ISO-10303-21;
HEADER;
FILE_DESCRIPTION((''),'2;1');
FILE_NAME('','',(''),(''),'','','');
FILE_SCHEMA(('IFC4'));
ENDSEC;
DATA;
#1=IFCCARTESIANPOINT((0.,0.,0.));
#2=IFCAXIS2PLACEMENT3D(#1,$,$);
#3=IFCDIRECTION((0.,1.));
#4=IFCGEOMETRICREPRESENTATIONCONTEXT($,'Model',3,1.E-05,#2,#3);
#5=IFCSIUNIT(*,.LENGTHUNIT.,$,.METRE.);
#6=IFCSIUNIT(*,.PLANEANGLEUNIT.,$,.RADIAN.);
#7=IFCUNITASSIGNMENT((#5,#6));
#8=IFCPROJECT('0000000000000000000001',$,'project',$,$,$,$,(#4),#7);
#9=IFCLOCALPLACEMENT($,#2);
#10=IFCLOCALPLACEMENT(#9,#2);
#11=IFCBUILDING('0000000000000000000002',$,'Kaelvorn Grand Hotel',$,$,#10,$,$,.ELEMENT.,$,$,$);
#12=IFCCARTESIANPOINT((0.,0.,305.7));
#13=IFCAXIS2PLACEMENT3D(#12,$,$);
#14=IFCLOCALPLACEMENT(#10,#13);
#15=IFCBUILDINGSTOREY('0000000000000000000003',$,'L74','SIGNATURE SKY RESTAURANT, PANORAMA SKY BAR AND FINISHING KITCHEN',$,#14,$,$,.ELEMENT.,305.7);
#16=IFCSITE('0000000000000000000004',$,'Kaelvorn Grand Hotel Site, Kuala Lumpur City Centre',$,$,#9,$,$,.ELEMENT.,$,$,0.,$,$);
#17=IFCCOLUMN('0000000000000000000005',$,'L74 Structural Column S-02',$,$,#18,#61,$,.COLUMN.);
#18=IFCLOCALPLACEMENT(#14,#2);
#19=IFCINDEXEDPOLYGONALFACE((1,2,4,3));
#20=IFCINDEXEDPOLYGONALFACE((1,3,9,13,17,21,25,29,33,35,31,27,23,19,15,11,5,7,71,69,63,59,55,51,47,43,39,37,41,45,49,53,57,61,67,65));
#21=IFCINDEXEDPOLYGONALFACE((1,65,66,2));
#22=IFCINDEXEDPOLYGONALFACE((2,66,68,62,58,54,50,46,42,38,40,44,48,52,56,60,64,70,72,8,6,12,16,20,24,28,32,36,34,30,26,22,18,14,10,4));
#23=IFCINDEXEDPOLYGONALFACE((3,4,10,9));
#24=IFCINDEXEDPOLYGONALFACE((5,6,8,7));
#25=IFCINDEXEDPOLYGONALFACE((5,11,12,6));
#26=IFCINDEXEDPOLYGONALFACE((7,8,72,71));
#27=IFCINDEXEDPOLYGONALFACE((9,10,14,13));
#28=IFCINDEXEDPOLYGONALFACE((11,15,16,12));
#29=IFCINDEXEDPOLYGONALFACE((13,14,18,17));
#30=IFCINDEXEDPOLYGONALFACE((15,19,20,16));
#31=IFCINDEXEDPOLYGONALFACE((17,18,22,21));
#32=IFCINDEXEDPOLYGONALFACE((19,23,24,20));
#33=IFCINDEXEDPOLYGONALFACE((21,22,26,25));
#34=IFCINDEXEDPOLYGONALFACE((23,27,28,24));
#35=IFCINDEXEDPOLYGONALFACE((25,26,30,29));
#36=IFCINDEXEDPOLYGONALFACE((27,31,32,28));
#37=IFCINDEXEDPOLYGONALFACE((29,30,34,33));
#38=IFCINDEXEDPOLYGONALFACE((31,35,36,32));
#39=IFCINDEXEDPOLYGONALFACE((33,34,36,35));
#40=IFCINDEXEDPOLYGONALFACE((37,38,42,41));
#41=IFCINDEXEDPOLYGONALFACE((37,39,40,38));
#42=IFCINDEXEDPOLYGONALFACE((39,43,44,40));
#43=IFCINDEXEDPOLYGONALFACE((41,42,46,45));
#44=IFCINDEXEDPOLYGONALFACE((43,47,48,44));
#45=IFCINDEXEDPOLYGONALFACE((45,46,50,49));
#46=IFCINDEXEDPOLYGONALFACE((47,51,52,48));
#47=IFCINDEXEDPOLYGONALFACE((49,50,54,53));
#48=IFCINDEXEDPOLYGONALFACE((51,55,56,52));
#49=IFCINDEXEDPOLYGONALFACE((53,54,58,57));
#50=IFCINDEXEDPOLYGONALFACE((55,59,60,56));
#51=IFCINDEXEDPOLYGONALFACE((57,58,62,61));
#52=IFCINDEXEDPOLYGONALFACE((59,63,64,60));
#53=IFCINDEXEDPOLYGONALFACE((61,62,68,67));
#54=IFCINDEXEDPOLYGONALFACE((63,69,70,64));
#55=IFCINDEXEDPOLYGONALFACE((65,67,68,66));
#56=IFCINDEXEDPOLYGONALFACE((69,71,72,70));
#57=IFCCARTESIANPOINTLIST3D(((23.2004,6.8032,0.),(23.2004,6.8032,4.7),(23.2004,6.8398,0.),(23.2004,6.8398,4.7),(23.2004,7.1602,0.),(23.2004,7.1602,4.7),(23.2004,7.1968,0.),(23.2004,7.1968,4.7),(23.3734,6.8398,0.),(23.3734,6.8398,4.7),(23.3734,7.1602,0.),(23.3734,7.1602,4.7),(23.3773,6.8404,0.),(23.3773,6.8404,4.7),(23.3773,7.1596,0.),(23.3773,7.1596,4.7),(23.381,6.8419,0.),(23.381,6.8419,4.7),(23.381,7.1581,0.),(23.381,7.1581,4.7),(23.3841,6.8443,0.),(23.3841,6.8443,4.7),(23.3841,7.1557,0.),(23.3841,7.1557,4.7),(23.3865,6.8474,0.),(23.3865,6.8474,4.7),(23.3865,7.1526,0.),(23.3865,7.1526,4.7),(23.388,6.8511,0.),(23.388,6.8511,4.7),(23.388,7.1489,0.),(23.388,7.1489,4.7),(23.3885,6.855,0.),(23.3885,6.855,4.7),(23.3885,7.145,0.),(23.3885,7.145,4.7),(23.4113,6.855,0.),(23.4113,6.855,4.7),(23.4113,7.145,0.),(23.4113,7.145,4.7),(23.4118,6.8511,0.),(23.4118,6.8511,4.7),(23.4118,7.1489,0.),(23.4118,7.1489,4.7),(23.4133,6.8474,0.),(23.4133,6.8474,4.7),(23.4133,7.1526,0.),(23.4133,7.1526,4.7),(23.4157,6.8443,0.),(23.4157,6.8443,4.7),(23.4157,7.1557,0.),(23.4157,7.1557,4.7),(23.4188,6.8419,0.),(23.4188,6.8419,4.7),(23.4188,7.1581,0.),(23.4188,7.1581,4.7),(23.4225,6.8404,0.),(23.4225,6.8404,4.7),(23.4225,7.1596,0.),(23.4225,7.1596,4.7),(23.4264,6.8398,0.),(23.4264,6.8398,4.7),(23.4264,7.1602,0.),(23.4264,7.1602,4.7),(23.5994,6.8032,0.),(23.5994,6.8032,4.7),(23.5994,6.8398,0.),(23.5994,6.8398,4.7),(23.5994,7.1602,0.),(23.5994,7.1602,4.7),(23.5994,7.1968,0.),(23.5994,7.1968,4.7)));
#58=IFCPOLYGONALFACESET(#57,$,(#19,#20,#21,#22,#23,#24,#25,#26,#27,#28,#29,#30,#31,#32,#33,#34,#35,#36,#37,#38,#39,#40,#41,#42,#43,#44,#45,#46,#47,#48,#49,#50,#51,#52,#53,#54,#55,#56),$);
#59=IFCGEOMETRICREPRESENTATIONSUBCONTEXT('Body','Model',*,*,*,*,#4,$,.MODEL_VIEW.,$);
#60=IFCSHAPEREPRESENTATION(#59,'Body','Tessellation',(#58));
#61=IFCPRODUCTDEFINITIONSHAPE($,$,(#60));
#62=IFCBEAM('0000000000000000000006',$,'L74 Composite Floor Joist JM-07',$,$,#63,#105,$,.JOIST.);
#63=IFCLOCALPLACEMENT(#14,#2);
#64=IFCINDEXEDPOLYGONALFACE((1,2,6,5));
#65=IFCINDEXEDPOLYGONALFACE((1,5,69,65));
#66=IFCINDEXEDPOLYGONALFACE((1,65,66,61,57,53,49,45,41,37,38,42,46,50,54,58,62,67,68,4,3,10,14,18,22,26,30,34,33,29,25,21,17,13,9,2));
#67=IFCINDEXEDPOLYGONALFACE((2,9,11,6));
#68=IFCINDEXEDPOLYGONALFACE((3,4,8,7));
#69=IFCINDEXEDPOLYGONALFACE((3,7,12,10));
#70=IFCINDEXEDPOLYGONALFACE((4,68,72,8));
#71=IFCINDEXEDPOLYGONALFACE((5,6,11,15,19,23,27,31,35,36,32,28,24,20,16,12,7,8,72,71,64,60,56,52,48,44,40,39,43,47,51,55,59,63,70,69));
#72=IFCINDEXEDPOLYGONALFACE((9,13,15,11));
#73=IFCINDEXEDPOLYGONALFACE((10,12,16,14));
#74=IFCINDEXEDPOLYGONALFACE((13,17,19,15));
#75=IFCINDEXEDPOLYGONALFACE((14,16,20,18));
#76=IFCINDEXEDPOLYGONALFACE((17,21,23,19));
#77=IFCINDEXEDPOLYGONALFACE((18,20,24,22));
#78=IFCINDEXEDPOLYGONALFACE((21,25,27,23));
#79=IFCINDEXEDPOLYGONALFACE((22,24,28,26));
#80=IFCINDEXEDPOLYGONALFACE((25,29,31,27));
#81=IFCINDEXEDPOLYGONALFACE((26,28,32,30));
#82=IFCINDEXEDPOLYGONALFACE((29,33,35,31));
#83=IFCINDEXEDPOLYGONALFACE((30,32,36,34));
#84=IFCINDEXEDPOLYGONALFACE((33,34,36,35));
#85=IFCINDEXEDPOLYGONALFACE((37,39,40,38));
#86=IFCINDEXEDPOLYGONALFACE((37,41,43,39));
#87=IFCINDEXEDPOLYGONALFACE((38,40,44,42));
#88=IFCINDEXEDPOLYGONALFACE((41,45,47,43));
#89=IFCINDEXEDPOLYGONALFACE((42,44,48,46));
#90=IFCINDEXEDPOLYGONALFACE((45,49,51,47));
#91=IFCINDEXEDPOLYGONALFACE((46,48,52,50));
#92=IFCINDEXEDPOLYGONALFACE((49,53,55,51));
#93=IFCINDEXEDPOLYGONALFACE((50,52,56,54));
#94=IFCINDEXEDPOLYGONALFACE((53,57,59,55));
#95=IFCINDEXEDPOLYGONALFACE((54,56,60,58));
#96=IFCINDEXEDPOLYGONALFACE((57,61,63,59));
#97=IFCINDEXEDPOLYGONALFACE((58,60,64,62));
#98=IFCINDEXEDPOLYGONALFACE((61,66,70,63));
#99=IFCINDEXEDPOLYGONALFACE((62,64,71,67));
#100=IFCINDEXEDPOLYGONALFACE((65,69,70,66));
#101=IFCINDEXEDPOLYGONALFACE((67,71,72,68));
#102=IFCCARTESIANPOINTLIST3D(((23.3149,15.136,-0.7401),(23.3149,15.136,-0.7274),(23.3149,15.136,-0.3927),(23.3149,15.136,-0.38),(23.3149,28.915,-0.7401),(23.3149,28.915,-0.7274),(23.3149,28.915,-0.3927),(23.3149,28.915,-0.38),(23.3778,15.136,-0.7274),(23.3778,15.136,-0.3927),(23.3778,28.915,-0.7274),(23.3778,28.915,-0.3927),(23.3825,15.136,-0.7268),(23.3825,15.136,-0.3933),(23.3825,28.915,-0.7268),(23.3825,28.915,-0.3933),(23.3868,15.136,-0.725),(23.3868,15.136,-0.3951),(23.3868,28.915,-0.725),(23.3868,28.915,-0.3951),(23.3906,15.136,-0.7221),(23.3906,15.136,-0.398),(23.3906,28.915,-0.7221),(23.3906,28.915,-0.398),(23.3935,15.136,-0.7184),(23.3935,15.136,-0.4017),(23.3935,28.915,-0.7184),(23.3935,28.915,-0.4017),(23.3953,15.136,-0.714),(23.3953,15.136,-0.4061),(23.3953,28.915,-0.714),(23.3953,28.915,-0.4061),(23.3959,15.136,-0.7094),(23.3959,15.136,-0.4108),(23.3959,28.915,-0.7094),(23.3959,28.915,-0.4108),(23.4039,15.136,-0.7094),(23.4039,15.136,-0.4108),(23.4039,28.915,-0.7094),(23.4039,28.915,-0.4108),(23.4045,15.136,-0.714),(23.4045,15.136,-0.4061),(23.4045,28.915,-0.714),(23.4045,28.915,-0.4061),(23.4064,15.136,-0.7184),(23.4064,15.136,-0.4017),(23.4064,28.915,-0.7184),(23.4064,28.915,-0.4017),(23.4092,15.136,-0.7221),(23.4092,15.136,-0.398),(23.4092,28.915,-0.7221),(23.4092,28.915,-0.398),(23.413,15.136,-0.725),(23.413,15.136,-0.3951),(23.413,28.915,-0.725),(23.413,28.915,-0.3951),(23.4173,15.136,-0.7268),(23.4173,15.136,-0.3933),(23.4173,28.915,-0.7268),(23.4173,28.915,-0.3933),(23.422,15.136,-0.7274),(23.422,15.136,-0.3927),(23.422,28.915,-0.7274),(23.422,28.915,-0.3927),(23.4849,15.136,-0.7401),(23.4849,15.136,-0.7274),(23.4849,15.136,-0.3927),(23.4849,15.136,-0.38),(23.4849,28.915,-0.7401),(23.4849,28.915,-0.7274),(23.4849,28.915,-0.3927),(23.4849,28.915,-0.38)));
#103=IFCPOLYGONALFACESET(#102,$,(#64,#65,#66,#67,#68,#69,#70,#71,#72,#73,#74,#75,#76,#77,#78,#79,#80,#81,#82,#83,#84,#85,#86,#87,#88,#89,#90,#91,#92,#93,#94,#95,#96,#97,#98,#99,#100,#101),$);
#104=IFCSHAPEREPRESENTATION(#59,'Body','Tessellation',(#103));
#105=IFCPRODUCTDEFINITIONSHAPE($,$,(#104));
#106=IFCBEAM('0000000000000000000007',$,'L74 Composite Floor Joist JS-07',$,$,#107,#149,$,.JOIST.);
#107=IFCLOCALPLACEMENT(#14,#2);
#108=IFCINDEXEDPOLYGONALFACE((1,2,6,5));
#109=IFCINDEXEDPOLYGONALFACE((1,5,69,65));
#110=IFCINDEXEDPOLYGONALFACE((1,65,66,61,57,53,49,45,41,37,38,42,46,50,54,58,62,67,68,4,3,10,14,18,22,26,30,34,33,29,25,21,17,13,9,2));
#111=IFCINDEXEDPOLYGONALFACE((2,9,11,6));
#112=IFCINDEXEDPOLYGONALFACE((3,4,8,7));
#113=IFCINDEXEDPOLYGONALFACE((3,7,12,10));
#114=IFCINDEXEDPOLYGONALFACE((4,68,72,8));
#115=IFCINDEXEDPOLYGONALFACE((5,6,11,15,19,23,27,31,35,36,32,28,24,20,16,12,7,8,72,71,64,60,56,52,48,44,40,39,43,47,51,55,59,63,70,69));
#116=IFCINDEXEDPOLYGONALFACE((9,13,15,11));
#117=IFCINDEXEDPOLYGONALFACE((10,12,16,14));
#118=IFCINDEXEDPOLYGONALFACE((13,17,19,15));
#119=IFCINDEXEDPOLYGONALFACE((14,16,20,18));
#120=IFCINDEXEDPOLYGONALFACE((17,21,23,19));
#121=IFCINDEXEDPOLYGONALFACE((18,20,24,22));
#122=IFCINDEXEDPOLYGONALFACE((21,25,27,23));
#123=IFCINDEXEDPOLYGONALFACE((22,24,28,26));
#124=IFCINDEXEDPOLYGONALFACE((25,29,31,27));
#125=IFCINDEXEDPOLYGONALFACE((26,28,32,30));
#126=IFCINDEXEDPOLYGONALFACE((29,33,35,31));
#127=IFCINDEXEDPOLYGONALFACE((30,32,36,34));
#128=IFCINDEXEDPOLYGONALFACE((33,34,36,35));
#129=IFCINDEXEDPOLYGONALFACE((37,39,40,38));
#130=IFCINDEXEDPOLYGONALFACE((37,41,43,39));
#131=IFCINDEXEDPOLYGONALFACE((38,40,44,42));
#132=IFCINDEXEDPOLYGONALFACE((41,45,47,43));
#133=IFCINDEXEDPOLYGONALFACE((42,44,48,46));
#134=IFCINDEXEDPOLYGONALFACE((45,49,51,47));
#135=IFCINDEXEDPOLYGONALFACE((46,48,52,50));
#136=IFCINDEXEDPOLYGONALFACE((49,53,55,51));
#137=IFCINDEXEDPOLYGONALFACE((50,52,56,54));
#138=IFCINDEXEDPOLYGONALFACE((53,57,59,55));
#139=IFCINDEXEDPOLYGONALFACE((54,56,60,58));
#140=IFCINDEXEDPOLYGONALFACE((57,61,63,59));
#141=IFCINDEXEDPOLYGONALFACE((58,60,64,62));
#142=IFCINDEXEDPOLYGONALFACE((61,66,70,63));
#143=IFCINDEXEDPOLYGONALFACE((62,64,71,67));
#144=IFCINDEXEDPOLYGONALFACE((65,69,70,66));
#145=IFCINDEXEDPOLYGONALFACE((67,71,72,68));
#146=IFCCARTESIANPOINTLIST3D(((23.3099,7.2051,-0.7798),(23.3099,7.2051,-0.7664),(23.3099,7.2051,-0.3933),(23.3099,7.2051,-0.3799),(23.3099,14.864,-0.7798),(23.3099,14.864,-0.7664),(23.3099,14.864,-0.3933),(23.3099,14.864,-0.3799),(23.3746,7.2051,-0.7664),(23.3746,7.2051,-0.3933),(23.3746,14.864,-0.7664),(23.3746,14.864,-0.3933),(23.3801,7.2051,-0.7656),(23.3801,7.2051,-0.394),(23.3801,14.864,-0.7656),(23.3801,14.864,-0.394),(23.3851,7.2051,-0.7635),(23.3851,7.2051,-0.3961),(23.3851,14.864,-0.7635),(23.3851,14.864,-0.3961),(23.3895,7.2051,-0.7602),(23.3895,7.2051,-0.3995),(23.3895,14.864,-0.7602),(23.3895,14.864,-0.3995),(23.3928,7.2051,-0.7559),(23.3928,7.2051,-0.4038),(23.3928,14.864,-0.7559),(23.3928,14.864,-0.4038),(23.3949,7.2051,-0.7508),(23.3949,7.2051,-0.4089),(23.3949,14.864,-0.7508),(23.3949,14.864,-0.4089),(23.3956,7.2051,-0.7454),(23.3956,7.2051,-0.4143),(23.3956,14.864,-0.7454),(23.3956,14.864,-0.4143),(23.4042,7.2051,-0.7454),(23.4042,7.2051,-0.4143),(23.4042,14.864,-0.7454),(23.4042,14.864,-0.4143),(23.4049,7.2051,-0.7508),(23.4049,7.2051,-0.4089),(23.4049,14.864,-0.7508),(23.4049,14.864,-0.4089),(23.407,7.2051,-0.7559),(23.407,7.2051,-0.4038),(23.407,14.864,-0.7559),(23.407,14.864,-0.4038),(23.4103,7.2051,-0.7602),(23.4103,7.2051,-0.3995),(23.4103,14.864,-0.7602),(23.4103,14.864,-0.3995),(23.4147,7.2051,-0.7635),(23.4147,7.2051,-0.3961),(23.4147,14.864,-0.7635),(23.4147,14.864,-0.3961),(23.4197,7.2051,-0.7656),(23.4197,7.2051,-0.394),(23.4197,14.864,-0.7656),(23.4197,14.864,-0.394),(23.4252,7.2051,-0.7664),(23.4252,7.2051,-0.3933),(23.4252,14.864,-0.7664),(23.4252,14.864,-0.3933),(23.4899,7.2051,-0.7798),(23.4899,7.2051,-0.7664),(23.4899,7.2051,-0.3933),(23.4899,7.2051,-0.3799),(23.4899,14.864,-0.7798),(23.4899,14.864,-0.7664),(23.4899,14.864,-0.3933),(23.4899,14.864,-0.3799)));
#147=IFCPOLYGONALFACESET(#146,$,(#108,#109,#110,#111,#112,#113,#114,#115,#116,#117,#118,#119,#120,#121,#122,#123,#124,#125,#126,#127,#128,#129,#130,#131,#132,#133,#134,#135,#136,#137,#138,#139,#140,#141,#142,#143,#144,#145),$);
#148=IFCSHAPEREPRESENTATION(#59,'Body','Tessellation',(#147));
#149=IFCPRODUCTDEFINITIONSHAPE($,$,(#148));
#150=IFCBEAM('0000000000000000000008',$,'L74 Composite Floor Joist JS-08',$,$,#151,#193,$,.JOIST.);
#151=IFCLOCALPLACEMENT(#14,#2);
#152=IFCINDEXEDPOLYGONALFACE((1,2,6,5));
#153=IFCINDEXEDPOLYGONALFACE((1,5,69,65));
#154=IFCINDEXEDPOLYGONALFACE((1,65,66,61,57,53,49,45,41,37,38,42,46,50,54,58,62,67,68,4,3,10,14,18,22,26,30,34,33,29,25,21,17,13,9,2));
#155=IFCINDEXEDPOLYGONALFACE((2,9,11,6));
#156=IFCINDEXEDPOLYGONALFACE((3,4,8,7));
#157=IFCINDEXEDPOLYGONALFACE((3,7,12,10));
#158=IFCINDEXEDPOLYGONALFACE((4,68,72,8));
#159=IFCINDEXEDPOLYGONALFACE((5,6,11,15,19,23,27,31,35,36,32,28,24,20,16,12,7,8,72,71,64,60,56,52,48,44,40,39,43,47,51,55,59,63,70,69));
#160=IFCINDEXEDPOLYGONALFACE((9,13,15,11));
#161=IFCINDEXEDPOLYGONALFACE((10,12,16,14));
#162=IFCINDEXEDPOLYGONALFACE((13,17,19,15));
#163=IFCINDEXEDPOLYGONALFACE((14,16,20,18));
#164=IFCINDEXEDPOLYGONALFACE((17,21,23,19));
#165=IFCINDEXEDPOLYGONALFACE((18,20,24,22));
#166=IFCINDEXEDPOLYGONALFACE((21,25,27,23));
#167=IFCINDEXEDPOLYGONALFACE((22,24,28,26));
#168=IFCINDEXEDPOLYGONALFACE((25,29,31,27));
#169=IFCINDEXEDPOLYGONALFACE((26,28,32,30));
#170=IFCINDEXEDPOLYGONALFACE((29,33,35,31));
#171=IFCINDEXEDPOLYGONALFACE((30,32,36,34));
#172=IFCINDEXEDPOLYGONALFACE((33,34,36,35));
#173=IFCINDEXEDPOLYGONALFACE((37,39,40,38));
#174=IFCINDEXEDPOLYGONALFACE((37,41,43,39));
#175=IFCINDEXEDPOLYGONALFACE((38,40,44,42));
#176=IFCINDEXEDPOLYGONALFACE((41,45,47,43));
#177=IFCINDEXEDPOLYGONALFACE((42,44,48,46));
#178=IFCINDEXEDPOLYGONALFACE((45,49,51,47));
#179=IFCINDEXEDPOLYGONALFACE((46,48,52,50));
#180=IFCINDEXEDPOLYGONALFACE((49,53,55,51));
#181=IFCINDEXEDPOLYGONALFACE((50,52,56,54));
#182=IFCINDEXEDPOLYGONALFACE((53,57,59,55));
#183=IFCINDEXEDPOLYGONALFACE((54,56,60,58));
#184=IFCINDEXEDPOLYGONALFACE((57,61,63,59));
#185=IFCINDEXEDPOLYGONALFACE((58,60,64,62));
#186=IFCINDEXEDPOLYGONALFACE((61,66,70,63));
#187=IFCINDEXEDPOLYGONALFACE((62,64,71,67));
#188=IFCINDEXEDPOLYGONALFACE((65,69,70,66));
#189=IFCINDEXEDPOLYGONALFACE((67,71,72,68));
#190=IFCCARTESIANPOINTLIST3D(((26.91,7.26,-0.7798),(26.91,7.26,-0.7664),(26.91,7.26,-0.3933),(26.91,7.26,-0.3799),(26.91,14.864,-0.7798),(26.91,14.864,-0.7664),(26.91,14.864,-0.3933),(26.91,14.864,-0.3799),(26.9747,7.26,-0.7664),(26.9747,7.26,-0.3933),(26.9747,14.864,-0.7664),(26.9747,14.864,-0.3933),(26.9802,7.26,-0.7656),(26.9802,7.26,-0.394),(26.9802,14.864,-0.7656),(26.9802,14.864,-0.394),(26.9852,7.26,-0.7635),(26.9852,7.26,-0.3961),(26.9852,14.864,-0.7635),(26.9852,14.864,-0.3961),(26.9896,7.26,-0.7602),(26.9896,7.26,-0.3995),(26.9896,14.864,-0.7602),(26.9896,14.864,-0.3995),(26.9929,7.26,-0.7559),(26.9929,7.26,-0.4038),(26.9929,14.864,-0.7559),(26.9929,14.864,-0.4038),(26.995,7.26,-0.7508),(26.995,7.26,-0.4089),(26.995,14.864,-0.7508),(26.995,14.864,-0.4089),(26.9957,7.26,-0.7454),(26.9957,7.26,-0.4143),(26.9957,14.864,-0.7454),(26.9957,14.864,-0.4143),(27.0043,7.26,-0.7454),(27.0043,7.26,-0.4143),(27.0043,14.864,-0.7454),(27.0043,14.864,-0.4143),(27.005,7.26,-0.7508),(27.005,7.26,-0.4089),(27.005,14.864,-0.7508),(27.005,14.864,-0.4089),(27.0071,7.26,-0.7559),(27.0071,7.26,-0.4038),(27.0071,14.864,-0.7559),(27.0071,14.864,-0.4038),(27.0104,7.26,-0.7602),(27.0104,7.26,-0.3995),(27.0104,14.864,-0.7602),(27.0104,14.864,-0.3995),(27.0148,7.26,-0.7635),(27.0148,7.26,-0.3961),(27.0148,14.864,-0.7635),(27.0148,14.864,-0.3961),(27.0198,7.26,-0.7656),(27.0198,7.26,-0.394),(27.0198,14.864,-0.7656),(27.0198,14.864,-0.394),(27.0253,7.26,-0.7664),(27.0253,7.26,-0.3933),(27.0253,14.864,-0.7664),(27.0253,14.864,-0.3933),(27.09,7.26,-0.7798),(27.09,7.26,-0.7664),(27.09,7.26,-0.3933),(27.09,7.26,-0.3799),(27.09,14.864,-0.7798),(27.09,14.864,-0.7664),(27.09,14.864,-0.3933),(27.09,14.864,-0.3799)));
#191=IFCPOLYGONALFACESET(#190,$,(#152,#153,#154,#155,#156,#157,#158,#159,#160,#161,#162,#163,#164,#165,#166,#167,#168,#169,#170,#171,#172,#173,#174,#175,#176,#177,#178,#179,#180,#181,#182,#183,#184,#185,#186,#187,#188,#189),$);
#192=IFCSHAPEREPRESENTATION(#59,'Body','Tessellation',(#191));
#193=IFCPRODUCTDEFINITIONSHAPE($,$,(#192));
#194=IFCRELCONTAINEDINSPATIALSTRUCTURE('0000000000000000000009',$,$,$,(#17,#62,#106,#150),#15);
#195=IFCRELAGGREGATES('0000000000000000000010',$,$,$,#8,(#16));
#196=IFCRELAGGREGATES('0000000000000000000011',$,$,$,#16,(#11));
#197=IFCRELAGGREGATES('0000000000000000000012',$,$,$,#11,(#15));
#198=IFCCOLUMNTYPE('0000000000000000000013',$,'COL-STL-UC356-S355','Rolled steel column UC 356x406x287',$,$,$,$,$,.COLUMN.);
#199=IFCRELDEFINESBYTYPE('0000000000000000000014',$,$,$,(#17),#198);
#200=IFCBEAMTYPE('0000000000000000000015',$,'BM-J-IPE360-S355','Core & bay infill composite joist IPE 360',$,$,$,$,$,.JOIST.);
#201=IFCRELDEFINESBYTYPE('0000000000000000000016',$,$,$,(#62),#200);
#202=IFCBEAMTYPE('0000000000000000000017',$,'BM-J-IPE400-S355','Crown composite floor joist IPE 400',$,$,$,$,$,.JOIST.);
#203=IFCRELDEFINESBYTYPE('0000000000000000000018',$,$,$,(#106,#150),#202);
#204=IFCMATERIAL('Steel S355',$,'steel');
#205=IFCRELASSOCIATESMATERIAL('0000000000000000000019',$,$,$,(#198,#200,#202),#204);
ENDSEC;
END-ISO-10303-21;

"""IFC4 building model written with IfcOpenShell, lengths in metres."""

from ifc_helpers import new_model, si_unit, direction, frame, origin, origin_2d, place, context, subcontext, project, spatial, i_section, extrude, material, material_profile, profile_set, type_object, element, save


model = new_model("IFC4")

# Units and contexts
model_context = context("Model", 3, precision=1e-05, world=origin(), true_north=direction((0.0, 1.0)))
body_context = subcontext(model_context, "Body", "Model", "MODEL_VIEW")
ifc_project = project(units=[si_unit("LENGTHUNIT", "METRE"), si_unit("PLANEANGLEUNIT", "RADIAN")], contexts=[model_context])

# Site, building, storey
site_placement = place(None, origin())
site = spatial("IfcSite", under=ifc_project, at=site_placement, Name="Kaelvorn Grand Hotel Site, Kuala Lumpur City Centre", CompositionType="ELEMENT", RefElevation=0.0)
building_placement = place(site_placement, origin())
building = spatial("IfcBuilding", under=site, at=building_placement, Name="Kaelvorn Grand Hotel", CompositionType="ELEMENT")
storey_placement = place(building_placement, frame((0.0, 0.0, 305.7)))
storey = spatial("IfcBuildingStorey", under=building, at=storey_placement, Name="L74", Description="SIGNATURE SKY RESTAURANT, PANORAMA SKY BAR AND FINISHING KITCHEN", CompositionType="ELEMENT", Elevation=305.7)

# Column
ifc_material_1 = material(Name="Steel S355", Category="steel")
ifc_material_profile_1 = material_profile(ifc_material_1, i_section(OverallWidth=0.3989, OverallDepth=0.3936, WebThickness=0.0227, FlangeThickness=0.0366, FilletRadius=0.0151, at=origin_2d()), Name="UC 356x406x287")
ifc_profile_set_1 = profile_set([ifc_material_profile_1], Name="Steel S355")
column_type = type_object("IfcColumnType", Name="COL-STL-UC356-S355", Description="Rolled steel column UC 356x406x287", PredefinedType="COLUMN", material=ifc_profile_set_1)
column_placement = place(storey_placement, frame((23.3999, 7.0, 0.0), z_axis=(0.0, 0.0, 1.0), x_axis=(1.0, 0.0, 0.0)))
element("IfcColumn", 1, at=column_placement, inside=storey, type_object=column_type, Name="L74 Structural Column S-02", PredefinedType="COLUMN", context=body_context, shape_type="SweptSolid", body=[
    extrude(i_section(OverallWidth=0.3989, OverallDepth=0.3936, WebThickness=0.0227, FlangeThickness=0.0366, FilletRadius=0.0151, at=origin_2d()), origin(), (0.0, 0.0, 1.0), 4.7),
])

# Beams
ifc_material_profile_2 = material_profile(ifc_material_1, i_section(OverallWidth=0.1699, OverallDepth=0.3601, WebThickness=0.0081, FlangeThickness=0.0127, FilletRadius=0.0181, at=origin_2d()), Name="IPE 360")
ifc_profile_set_2 = profile_set([ifc_material_profile_2], Name="Steel S355")
beam_type_1 = type_object("IfcBeamType", Name="BM-J-IPE360-S355", Description="Core & bay infill composite joist IPE 360", PredefinedType="JOIST", material=ifc_profile_set_2)
beam_1_placement = place(storey_placement, frame((23.3999, 15.136, -0.5601), z_axis=(0.0, 1.0, 0.0), x_axis=(-1.0, 0.0, 0.0)))
element("IfcBeam", 2, at=beam_1_placement, inside=storey, type_object=beam_type_1, Name="L74 Composite Floor Joist JM-07", PredefinedType="JOIST", context=body_context, shape_type="SweptSolid", body=[
    extrude(i_section(OverallWidth=0.1699, OverallDepth=0.3601, WebThickness=0.0081, FlangeThickness=0.0127, FilletRadius=0.0181, at=origin_2d()), origin(), (0.0, 0.0, 1.0), 13.7791),
])
ifc_material_profile_3 = material_profile(ifc_material_1, i_section(OverallWidth=0.1799, OverallDepth=0.3999, WebThickness=0.0085, FlangeThickness=0.0134, FilletRadius=0.021, at=origin_2d()), Name="IPE 400")
ifc_profile_set_3 = profile_set([ifc_material_profile_3], Name="Steel S355")
beam_type_2 = type_object("IfcBeamType", Name="BM-J-IPE400-S355", Description="Crown composite floor joist IPE 400", PredefinedType="JOIST", material=ifc_profile_set_3)
beam_2_placement = place(storey_placement, frame((23.3999, 7.2051, -0.5798), z_axis=(0.0, 1.0, 0.0), x_axis=(-1.0, 0.0, 0.0)))
element("IfcBeam", 3, at=beam_2_placement, inside=storey, type_object=beam_type_2, Name="L74 Composite Floor Joist JS-07", PredefinedType="JOIST", context=body_context, shape_type="SweptSolid", body=[
    extrude(i_section(OverallWidth=0.1799, OverallDepth=0.3999, WebThickness=0.0085, FlangeThickness=0.0134, FilletRadius=0.021, at=origin_2d()), origin(), (0.0, 0.0, 1.0), 7.6589),
])
beam_3_placement = place(storey_placement, frame((27.0, 7.26, -0.5798), z_axis=(0.0, 1.0, 0.0), x_axis=(-1.0, 0.0, 0.0)))
element("IfcBeam", 4, at=beam_3_placement, inside=storey, type_object=beam_type_2, Name="L74 Composite Floor Joist JS-08", PredefinedType="JOIST", context=body_context, shape_type="SweptSolid", body=[
    extrude(i_section(OverallWidth=0.1799, OverallDepth=0.3999, WebThickness=0.0085, FlangeThickness=0.0134, FilletRadius=0.021, at=origin_2d()), origin(), (0.0, 0.0, 1.0), 7.604),
])

save(model, "model.ifc")
